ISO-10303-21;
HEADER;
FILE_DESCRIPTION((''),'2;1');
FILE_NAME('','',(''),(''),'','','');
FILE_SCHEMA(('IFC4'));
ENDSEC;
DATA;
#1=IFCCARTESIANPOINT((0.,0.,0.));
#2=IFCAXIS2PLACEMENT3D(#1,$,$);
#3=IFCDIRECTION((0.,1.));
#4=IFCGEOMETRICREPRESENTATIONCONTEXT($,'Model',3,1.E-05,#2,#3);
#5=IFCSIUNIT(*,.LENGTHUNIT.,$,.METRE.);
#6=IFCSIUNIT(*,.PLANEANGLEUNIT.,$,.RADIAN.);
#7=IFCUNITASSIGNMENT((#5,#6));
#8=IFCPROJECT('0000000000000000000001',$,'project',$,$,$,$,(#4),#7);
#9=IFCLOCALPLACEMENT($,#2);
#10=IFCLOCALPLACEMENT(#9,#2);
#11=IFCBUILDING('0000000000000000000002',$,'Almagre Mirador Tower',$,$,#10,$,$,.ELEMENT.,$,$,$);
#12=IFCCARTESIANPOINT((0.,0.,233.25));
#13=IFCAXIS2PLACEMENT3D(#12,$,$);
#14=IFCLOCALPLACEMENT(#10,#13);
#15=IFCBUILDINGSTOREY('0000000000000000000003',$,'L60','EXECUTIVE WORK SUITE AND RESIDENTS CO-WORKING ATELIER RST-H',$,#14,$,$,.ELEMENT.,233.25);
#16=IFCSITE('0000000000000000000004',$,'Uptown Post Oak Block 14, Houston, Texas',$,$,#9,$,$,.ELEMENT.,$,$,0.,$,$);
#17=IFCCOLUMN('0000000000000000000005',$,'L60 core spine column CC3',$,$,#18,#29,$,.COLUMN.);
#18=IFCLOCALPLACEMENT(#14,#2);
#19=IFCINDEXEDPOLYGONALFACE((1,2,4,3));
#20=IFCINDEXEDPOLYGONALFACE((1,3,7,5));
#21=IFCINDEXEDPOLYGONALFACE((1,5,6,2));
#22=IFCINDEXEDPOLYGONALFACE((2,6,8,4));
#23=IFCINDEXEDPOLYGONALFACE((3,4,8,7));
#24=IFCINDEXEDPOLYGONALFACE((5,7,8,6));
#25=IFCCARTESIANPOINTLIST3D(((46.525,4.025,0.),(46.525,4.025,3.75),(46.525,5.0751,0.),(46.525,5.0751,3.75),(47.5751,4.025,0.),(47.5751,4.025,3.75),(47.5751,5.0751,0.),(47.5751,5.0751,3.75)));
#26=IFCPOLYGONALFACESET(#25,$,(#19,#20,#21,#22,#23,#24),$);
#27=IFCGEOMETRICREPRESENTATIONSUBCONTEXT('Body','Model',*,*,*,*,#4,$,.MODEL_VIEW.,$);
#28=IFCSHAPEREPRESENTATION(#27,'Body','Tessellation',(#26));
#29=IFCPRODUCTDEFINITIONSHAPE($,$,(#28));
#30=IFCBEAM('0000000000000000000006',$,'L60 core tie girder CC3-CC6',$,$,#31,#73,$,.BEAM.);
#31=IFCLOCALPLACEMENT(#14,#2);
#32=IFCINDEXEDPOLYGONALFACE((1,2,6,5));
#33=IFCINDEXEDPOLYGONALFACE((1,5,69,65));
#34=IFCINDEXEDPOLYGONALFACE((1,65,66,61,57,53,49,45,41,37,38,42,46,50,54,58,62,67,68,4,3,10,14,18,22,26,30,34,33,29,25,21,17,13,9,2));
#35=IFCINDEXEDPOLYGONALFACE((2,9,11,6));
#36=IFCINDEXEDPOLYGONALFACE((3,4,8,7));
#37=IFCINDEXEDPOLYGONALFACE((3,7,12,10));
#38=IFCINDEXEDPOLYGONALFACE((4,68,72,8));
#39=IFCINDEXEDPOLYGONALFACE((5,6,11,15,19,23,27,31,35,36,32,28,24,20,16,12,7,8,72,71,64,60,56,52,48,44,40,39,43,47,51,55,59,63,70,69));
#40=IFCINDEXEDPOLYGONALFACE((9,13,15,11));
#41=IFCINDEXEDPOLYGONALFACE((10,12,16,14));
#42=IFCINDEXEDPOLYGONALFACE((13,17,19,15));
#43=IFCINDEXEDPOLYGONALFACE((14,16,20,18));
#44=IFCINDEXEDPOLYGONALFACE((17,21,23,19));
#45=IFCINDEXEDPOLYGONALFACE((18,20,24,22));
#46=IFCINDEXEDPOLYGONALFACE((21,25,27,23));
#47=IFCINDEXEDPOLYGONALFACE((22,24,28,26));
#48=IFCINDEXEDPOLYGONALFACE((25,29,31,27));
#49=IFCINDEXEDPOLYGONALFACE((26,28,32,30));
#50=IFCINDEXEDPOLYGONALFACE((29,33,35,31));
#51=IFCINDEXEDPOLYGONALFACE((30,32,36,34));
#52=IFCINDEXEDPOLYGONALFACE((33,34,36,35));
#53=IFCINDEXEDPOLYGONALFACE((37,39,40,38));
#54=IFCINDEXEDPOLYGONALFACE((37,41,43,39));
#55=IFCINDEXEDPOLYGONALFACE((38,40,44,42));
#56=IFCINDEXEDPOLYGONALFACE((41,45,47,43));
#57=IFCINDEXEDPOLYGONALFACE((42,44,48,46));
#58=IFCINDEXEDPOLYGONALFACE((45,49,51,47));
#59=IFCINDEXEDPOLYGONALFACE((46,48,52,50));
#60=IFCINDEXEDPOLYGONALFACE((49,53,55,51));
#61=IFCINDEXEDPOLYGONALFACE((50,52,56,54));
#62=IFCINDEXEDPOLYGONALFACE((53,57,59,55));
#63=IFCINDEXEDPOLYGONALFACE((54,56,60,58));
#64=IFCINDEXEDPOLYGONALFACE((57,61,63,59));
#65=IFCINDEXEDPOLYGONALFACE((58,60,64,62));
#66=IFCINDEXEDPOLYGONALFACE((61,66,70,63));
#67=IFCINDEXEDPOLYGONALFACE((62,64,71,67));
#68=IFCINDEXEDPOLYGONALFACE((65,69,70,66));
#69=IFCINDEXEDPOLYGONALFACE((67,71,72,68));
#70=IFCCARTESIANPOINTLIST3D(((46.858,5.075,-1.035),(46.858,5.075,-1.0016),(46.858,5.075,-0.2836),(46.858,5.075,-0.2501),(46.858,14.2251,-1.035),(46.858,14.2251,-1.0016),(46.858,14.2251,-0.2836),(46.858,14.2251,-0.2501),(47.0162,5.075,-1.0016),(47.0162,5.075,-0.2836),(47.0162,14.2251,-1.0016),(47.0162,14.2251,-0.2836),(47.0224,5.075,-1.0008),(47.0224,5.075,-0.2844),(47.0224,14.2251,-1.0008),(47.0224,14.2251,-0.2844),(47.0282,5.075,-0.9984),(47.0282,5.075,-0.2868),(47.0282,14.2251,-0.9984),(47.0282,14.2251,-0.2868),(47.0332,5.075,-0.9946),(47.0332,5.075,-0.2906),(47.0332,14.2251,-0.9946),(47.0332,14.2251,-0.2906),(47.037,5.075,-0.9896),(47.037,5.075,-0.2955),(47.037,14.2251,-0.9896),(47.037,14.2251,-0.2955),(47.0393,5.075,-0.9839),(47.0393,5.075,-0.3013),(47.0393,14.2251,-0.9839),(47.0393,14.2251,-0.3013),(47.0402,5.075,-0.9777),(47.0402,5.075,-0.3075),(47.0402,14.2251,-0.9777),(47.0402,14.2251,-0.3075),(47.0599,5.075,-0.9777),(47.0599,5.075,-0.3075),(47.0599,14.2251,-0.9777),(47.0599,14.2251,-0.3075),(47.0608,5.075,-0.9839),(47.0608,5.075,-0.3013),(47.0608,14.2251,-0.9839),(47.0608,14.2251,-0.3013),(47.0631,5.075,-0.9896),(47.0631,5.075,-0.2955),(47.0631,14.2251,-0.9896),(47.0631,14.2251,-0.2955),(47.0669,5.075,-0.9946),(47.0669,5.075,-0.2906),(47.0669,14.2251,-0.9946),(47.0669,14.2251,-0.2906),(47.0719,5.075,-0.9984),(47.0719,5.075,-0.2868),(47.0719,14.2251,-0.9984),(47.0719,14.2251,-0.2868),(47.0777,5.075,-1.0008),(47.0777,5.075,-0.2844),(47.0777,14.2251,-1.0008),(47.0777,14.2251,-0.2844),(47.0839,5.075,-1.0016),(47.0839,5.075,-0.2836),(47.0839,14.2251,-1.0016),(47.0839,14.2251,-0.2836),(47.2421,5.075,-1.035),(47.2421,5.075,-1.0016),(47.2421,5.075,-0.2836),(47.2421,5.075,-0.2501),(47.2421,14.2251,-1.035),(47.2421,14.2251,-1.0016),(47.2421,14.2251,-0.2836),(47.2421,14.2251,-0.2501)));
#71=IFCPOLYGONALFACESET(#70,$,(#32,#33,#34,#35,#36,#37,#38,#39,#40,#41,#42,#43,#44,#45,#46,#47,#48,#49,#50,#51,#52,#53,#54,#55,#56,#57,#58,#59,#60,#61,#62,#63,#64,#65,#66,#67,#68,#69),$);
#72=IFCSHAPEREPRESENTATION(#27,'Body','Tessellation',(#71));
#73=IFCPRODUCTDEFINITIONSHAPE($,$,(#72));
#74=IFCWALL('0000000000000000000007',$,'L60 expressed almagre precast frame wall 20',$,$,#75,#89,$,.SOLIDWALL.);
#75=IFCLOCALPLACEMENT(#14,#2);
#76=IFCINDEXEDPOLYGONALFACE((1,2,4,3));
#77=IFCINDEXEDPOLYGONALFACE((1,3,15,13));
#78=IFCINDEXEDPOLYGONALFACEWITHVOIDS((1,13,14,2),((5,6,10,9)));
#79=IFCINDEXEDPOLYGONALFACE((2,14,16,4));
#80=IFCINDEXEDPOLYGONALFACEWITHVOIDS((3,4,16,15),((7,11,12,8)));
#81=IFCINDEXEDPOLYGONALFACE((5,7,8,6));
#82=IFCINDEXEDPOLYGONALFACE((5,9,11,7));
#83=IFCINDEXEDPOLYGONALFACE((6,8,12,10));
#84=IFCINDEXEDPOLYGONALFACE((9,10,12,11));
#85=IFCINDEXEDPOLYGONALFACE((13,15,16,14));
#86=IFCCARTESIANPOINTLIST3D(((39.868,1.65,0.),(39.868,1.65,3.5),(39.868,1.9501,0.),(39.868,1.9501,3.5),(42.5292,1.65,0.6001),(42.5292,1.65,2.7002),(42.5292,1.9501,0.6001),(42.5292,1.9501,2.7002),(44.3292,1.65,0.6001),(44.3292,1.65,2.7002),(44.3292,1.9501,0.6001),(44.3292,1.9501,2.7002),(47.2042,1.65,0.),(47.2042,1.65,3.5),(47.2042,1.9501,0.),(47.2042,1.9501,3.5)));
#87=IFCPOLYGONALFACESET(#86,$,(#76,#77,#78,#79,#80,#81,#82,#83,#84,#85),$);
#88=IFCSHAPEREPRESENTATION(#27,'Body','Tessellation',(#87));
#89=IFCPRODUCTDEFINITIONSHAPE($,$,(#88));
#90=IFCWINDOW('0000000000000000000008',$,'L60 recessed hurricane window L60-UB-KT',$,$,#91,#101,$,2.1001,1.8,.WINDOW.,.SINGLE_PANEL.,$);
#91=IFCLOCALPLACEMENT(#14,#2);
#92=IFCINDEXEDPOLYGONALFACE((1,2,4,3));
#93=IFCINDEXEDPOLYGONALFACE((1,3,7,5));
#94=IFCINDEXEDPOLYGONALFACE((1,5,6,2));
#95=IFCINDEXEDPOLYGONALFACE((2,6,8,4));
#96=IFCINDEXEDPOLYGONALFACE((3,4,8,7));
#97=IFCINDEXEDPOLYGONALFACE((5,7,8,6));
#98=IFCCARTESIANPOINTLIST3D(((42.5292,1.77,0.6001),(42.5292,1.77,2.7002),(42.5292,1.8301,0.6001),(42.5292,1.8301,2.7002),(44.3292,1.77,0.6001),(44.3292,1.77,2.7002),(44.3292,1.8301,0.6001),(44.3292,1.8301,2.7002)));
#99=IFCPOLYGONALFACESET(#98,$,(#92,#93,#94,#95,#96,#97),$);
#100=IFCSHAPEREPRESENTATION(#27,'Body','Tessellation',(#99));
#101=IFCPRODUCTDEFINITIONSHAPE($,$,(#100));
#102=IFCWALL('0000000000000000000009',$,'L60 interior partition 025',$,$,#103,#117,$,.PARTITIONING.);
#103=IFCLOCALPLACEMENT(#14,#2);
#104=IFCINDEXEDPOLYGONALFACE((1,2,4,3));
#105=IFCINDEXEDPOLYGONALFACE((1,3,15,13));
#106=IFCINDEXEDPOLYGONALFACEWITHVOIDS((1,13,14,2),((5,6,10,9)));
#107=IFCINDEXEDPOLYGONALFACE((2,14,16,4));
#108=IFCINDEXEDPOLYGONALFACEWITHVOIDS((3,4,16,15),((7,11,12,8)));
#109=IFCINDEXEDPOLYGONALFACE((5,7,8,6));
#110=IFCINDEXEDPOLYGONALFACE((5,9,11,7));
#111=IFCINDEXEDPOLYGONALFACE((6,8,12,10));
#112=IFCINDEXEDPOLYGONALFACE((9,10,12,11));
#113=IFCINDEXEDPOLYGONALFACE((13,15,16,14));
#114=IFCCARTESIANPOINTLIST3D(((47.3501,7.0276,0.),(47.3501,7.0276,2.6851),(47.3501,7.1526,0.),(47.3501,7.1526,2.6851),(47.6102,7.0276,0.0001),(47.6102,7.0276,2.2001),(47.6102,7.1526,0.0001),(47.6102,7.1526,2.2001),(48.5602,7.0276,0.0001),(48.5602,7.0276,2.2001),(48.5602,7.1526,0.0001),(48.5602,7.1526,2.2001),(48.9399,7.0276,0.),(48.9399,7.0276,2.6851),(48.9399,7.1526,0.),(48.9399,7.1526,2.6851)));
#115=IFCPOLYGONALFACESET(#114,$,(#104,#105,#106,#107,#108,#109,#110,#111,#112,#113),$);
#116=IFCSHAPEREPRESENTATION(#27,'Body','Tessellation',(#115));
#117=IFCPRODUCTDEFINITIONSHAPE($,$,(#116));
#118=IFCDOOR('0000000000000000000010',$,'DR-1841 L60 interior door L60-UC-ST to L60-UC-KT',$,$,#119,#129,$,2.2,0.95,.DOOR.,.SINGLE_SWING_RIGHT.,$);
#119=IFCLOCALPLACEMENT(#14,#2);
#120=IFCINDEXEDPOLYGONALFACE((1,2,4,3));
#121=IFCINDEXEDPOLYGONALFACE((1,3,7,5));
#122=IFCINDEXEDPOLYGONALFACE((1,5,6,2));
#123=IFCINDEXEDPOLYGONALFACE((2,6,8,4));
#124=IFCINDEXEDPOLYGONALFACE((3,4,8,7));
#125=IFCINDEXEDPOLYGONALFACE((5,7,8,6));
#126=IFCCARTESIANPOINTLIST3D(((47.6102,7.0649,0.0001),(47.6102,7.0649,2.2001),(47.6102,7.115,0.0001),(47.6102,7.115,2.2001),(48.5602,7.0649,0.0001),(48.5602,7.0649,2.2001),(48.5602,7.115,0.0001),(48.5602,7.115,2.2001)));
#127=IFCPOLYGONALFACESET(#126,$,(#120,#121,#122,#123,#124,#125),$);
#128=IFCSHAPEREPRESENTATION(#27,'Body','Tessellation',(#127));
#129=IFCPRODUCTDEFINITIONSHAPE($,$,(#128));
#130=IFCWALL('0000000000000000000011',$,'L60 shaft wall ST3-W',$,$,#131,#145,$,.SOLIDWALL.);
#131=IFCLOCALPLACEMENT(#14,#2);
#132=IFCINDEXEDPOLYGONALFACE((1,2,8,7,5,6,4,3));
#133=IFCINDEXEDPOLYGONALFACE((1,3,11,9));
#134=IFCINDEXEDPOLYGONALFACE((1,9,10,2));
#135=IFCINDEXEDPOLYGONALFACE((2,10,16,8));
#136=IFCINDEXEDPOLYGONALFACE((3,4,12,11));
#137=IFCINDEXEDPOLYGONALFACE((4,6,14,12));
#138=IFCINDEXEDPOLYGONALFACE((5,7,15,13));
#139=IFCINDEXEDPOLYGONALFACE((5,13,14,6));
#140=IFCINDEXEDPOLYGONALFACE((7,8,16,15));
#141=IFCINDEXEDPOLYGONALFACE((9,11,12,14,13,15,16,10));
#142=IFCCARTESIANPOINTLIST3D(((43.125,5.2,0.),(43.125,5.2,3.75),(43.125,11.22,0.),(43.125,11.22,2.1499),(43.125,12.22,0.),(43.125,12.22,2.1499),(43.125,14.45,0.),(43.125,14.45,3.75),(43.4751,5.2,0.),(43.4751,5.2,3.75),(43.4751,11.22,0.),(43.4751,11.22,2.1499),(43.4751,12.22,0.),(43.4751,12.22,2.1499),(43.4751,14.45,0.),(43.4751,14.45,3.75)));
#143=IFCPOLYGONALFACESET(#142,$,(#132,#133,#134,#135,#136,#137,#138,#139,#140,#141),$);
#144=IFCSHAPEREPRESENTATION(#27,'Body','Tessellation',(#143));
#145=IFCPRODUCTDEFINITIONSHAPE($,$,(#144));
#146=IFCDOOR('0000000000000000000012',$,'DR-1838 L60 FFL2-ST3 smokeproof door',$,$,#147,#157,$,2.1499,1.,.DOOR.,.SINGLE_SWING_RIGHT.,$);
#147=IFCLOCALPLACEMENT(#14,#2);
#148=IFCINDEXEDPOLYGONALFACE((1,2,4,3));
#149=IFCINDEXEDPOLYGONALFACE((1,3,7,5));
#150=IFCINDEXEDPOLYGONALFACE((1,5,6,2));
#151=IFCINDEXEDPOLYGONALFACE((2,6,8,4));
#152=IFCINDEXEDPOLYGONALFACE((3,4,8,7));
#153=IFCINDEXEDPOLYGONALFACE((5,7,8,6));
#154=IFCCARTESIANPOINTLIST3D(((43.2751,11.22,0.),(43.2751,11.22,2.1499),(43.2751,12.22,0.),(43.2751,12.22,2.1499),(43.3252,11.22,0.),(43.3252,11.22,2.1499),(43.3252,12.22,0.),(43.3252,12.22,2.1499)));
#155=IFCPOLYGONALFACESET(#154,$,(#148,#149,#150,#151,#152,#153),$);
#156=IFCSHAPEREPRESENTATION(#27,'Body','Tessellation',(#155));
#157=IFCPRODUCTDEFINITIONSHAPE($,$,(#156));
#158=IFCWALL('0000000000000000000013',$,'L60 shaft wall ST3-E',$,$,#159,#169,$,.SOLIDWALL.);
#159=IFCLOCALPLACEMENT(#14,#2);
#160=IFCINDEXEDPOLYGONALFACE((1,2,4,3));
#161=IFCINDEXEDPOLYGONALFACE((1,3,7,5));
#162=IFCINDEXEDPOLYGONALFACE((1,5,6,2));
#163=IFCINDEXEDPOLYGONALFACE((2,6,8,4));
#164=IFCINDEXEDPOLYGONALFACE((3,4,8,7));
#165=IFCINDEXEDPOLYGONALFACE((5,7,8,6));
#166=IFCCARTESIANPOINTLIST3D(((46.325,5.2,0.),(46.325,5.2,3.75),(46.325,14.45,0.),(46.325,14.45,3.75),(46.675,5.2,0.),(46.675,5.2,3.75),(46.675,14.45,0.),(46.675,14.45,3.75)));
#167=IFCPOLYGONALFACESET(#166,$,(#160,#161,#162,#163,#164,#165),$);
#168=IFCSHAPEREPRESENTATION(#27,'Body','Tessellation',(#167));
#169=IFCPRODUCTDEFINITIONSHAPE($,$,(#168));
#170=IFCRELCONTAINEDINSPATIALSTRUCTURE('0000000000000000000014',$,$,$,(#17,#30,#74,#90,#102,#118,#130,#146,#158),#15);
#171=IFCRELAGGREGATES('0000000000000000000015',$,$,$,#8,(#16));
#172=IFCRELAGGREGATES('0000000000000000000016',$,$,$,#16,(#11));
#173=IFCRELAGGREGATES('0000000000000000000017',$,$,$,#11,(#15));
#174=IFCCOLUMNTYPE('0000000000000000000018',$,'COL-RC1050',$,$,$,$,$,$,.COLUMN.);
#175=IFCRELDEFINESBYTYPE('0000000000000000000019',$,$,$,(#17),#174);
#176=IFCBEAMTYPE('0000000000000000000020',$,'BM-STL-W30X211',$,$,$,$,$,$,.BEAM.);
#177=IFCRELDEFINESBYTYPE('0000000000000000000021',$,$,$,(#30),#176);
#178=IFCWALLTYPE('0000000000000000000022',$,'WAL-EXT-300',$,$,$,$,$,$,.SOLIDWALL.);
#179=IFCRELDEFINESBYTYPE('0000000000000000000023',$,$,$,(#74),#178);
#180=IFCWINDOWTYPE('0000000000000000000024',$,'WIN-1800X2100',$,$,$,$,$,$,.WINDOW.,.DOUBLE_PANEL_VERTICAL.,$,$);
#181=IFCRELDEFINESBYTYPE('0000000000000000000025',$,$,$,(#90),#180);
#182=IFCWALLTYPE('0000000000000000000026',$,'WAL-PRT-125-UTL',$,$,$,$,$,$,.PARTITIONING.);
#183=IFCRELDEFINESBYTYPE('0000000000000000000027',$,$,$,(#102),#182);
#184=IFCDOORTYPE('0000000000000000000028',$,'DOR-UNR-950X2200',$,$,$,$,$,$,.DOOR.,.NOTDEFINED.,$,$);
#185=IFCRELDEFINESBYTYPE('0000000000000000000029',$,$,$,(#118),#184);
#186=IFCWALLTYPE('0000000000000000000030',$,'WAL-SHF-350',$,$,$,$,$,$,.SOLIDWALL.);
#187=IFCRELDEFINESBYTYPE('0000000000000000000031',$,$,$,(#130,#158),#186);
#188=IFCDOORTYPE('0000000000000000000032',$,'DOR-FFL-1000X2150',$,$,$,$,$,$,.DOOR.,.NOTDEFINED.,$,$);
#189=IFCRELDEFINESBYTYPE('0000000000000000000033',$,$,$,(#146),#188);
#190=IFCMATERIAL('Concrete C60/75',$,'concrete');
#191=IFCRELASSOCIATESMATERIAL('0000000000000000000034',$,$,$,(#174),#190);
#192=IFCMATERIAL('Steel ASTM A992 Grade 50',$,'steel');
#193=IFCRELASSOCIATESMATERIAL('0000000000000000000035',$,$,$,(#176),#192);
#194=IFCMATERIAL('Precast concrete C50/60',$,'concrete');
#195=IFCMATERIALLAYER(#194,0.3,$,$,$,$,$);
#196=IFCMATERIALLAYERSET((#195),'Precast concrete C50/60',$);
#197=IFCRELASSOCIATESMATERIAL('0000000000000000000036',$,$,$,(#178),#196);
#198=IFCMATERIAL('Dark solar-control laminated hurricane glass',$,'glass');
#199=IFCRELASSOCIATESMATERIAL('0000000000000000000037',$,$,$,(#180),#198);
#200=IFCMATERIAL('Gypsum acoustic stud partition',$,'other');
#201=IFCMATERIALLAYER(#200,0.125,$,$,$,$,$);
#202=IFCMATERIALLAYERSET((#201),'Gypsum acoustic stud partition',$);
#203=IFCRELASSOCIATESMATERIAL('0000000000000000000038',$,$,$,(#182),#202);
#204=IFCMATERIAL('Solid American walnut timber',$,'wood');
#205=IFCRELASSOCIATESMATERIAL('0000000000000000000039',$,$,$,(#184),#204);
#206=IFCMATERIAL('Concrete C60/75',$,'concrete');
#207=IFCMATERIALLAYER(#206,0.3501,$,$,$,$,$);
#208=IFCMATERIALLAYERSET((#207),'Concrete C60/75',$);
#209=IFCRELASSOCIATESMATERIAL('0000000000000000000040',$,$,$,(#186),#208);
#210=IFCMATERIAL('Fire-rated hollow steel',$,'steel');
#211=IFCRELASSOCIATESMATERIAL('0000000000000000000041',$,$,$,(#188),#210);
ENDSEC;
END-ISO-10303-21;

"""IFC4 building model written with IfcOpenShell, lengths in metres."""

from ifc_helpers import new_model, si_unit, direction, frame, frame_2d, origin, origin_2d, place, context, subcontext, project, spatial, rectangle, i_section, extrude, material, layer, layer_set, material_profile, profile_set, type_object, element, fill, save


model = new_model("IFC4")

# Units and contexts
model_context = context("Model", 3, precision=1e-05, world=origin(), true_north=direction((0.0, 1.0)))
body_context = subcontext(model_context, "Body", "Model", "MODEL_VIEW")
ifc_project = project(units=[si_unit("LENGTHUNIT", "METRE"), si_unit("PLANEANGLEUNIT", "RADIAN")], contexts=[model_context])

# Site, building, storey
site_placement = place(None, origin())
site = spatial("IfcSite", under=ifc_project, at=site_placement, Name="Uptown Post Oak Block 14, Houston, Texas", CompositionType="ELEMENT", RefElevation=0.0)
building_placement = place(site_placement, origin())
building = spatial("IfcBuilding", under=site, at=building_placement, Name="Almagre Mirador Tower", CompositionType="ELEMENT")
storey_placement = place(building_placement, frame((0.0, 0.0, 233.25)))
storey = spatial("IfcBuildingStorey", under=building, at=storey_placement, Name="L60", Description="EXECUTIVE WORK SUITE AND RESIDENTS CO-WORKING ATELIER RST-H", CompositionType="ELEMENT", Elevation=233.25)

# Column
ifc_material_1 = material(Name="Concrete C60/75", Category="concrete")
ifc_material_profile_1 = material_profile(ifc_material_1, rectangle(XDim=1.05, YDim=1.05, at=origin_2d()), Name="RC1050X1050")
ifc_profile_set_1 = profile_set([ifc_material_profile_1], Name="Concrete C60/75")
column_type = type_object("IfcColumnType", Name="COL-RC1050", PredefinedType="COLUMN", material=ifc_profile_set_1)
column_placement = place(storey_placement, frame((47.05, 4.55, 0.0), z_axis=(0.0, 0.0, 1.0), x_axis=(1.0, 0.0, 0.0)))
element("IfcColumn", 1, at=column_placement, inside=storey, type_object=column_type, Name="L60 core spine column CC3", PredefinedType="COLUMN", context=body_context, shape_type="SweptSolid", body=[
    extrude(rectangle(XDim=1.05, YDim=1.05, at=origin_2d()), origin(), (0.0, 0.0, 1.0), 3.75),
])

# Beam
ifc_material_2 = material(Name="Steel ASTM A992 Grade 50", Category="steel")
ifc_material_profile_2 = material_profile(ifc_material_2, i_section(OverallWidth=0.384, OverallDepth=0.7849, WebThickness=0.0198, FlangeThickness=0.0334, FilletRadius=0.0239, at=origin_2d()), Name="W30X211")
ifc_profile_set_2 = profile_set([ifc_material_profile_2], Name="Steel ASTM A992 Grade 50")
beam_type = type_object("IfcBeamType", Name="BM-STL-W30X211", PredefinedType="BEAM", material=ifc_profile_set_2)
beam_placement = place(storey_placement, frame((47.05, 5.075, -0.6426), z_axis=(0.0, 1.0, 0.0), x_axis=(-1.0, 0.0, 0.0)))
element("IfcBeam", 2, at=beam_placement, inside=storey, type_object=beam_type, Name="L60 core tie girder CC3-CC6", PredefinedType="BEAM", context=body_context, shape_type="SweptSolid", body=[
    extrude(i_section(OverallWidth=0.384, OverallDepth=0.7849, WebThickness=0.0198, FlangeThickness=0.0334, FilletRadius=0.0239, at=origin_2d()), origin(), (0.0, 0.0, 1.0), 9.1501),
])

# Wall, opening, window
ifc_material_3 = material(Name="Precast concrete C50/60", Category="concrete")
ifc_layer_1 = layer(ifc_material_3, 0.3)
ifc_layer_set_1 = layer_set([ifc_layer_1], Name="Precast concrete C50/60")
wall_type_1 = type_object("IfcWallType", Name="WAL-EXT-300", PredefinedType="SOLIDWALL", material=ifc_layer_set_1)
wall_1_placement = place(storey_placement, frame((47.2041, 1.8, 0.0), z_axis=(0.0, 0.0, 1.0), x_axis=(-1.0, 0.0, 0.0)))
wall_1 = element("IfcWall", 3, at=wall_1_placement, inside=storey, type_object=wall_type_1, Name="L60 expressed almagre precast frame wall 20", PredefinedType="SOLIDWALL", context=body_context, shape_type="SweptSolid", body=[
    extrude(rectangle(XDim=7.3362, YDim=0.3, at=frame_2d((3.668, 0.0))), origin(), (0.0, 0.0, 1.0), 3.5),
])
opening_1_placement = place(wall_1_placement, frame((2.875, 0.0, 0.6001)))
opening_1 = element("IfcOpeningElement", 4, at=opening_1_placement, cuts=wall_1, PredefinedType="OPENING", context=body_context, shape_type="SweptSolid", body=[
    extrude(rectangle(XDim=1.8, YDim=2.1001, at=frame_2d((0.8999, 1.05))), frame((0.0, 0.1599, 0.0), z_axis=(0.0, -1.0, 0.0), x_axis=(1.0, 0.0, 0.0)), (0.0, 0.0, 1.0), 0.32),
])
ifc_material_4 = material(Name="Dark solar-control laminated hurricane glass", Category="glass")
window_type = type_object("IfcWindowType", Name="WIN-1800X2100", PartitioningType="DOUBLE_PANEL_VERTICAL", PredefinedType="WINDOW", material=ifc_material_4)
window_placement = place(opening_1_placement, origin())
window = element("IfcWindow", 5, at=window_placement, inside=storey, type_object=window_type, Name="L60 recessed hurricane window L60-UB-KT", OverallHeight=2.1001, OverallWidth=1.8, PartitioningType="SINGLE_PANEL", PredefinedType="WINDOW", context=body_context, shape_type="SweptSolid", body=[
    extrude(rectangle(XDim=1.8, YDim=2.1001, at=frame_2d((0.8999, 1.05))), frame((0.0, 0.03, 0.0), z_axis=(0.0, -1.0, 0.0), x_axis=(1.0, 0.0, 0.0)), (0.0, 0.0, 1.0), 0.0601),
])
fill(opening_1, window)

# Walls, openings, doors
ifc_material_5 = material(Name="Gypsum acoustic stud partition", Category="other")
ifc_layer_2 = layer(ifc_material_5, 0.125)
ifc_layer_set_2 = layer_set([ifc_layer_2], Name="Gypsum acoustic stud partition")
wall_type_2 = type_object("IfcWallType", Name="WAL-PRT-125-UTL", PredefinedType="PARTITIONING", material=ifc_layer_set_2)
wall_2_placement = place(storey_placement, frame((47.3501, 7.0901, 0.0), z_axis=(0.0, 0.0, 1.0), x_axis=(1.0, 0.0, 0.0)))
wall_2 = element("IfcWall", 6, at=wall_2_placement, inside=storey, type_object=wall_type_2, Name="L60 interior partition 025", PredefinedType="PARTITIONING", context=body_context, shape_type="SweptSolid", body=[
    extrude(rectangle(XDim=1.5898, YDim=0.125, at=frame_2d((0.7949, 0.0))), origin(), (0.0, 0.0, 1.0), 2.6851),
])
opening_2_placement = place(wall_2_placement, frame((0.26, 0.0, 0.0)))
opening_2 = element("IfcOpeningElement", 7, at=opening_2_placement, cuts=wall_2, PredefinedType="OPENING", context=body_context, shape_type="SweptSolid", body=[
    extrude(rectangle(XDim=0.95, YDim=2.2, at=frame_2d((0.4751, 1.1001))), frame((0.0, 0.0725, 0.0), z_axis=(0.0, -1.0, 0.0), x_axis=(1.0, 0.0, 0.0)), (0.0, 0.0, 1.0), 0.145),
])
ifc_material_6 = material(Name="Solid American walnut timber", Category="wood")
door_type_1 = type_object("IfcDoorType", Name="DOR-UNR-950X2200", OperationType="NOTDEFINED", PredefinedType="DOOR", material=ifc_material_6)
door_1_placement = place(opening_2_placement, origin())
door_1 = element("IfcDoor", 8, at=door_1_placement, inside=storey, type_object=door_type_1, Name="DR-1841 L60 interior door L60-UC-ST to L60-UC-KT", OperationType="SINGLE_SWING_RIGHT", OverallHeight=2.2, OverallWidth=0.95, PredefinedType="DOOR", context=body_context, shape_type="SweptSolid", body=[
    extrude(rectangle(XDim=0.95, YDim=2.2, at=frame_2d((0.4751, 1.1001))), frame((0.0, 0.0249, 0.0), z_axis=(0.0, -1.0, 0.0), x_axis=(1.0, 0.0, 0.0)), (0.0, 0.0, 1.0), 0.05),
])
fill(opening_2, door_1)
ifc_material_7 = material(Name="Concrete C60/75", Category="concrete")
ifc_layer_3 = layer(ifc_material_7, 0.3501)
ifc_layer_set_3 = layer_set([ifc_layer_3], Name="Concrete C60/75")
wall_type_3 = type_object("IfcWallType", Name="WAL-SHF-350", PredefinedType="SOLIDWALL", material=ifc_layer_set_3)
wall_3_placement = place(storey_placement, frame((43.3, 5.2, 0.0), z_axis=(0.0, 0.0, 1.0), x_axis=(0.0, 1.0, 0.0)))
wall_3 = element("IfcWall", 9, at=wall_3_placement, inside=storey, type_object=wall_type_3, Name="L60 shaft wall ST3-W", PredefinedType="SOLIDWALL", context=body_context, shape_type="SweptSolid", body=[
    extrude(rectangle(XDim=9.25, YDim=0.3501, at=frame_2d((4.625, 0.0))), origin(), (0.0, 0.0, 1.0), 3.75),
])
opening_3_placement = place(wall_3_placement, frame((6.02, 0.0, 0.0)))
opening_3 = element("IfcOpeningElement", 10, at=opening_3_placement, cuts=wall_3, PredefinedType="OPENING", context=body_context, shape_type="SweptSolid", body=[
    extrude(rectangle(XDim=1.0, YDim=2.1499, at=frame_2d((0.5, 1.075))), frame((0.0, 0.185, 0.0), z_axis=(0.0, -1.0, 0.0), x_axis=(1.0, 0.0, 0.0)), (0.0, 0.0, 1.0), 0.3701),
])
ifc_material_8 = material(Name="Fire-rated hollow steel", Category="steel")
door_type_2 = type_object("IfcDoorType", Name="DOR-FFL-1000X2150", OperationType="NOTDEFINED", PredefinedType="DOOR", material=ifc_material_8)
door_2_placement = place(opening_3_placement, origin())
door_2 = element("IfcDoor", 11, at=door_2_placement, inside=storey, type_object=door_type_2, Name="DR-1838 L60 FFL2-ST3 smokeproof door", OperationType="SINGLE_SWING_RIGHT", OverallHeight=2.1499, OverallWidth=1.0, PredefinedType="DOOR", context=body_context, shape_type="SweptSolid", body=[
    extrude(rectangle(XDim=1.0, YDim=2.1499, at=frame_2d((0.5, 1.075))), frame((0.0, 0.0249, 0.0), z_axis=(0.0, -1.0, 0.0), x_axis=(1.0, 0.0, 0.0)), (0.0, 0.0, 1.0), 0.05),
])
fill(opening_3, door_2)

# Wall
wall_4_placement = place(storey_placement, frame((46.5, 5.2, 0.0), z_axis=(0.0, 0.0, 1.0), x_axis=(0.0, 1.0, 0.0)))
element("IfcWall", 12, at=wall_4_placement, inside=storey, type_object=wall_type_3, Name="L60 shaft wall ST3-E", PredefinedType="SOLIDWALL", context=body_context, shape_type="SweptSolid", body=[
    extrude(rectangle(XDim=9.25, YDim=0.3501, at=frame_2d((4.625, 0.0))), origin(), (0.0, 0.0, 1.0), 3.75),
])

save(model, "model.ifc")
